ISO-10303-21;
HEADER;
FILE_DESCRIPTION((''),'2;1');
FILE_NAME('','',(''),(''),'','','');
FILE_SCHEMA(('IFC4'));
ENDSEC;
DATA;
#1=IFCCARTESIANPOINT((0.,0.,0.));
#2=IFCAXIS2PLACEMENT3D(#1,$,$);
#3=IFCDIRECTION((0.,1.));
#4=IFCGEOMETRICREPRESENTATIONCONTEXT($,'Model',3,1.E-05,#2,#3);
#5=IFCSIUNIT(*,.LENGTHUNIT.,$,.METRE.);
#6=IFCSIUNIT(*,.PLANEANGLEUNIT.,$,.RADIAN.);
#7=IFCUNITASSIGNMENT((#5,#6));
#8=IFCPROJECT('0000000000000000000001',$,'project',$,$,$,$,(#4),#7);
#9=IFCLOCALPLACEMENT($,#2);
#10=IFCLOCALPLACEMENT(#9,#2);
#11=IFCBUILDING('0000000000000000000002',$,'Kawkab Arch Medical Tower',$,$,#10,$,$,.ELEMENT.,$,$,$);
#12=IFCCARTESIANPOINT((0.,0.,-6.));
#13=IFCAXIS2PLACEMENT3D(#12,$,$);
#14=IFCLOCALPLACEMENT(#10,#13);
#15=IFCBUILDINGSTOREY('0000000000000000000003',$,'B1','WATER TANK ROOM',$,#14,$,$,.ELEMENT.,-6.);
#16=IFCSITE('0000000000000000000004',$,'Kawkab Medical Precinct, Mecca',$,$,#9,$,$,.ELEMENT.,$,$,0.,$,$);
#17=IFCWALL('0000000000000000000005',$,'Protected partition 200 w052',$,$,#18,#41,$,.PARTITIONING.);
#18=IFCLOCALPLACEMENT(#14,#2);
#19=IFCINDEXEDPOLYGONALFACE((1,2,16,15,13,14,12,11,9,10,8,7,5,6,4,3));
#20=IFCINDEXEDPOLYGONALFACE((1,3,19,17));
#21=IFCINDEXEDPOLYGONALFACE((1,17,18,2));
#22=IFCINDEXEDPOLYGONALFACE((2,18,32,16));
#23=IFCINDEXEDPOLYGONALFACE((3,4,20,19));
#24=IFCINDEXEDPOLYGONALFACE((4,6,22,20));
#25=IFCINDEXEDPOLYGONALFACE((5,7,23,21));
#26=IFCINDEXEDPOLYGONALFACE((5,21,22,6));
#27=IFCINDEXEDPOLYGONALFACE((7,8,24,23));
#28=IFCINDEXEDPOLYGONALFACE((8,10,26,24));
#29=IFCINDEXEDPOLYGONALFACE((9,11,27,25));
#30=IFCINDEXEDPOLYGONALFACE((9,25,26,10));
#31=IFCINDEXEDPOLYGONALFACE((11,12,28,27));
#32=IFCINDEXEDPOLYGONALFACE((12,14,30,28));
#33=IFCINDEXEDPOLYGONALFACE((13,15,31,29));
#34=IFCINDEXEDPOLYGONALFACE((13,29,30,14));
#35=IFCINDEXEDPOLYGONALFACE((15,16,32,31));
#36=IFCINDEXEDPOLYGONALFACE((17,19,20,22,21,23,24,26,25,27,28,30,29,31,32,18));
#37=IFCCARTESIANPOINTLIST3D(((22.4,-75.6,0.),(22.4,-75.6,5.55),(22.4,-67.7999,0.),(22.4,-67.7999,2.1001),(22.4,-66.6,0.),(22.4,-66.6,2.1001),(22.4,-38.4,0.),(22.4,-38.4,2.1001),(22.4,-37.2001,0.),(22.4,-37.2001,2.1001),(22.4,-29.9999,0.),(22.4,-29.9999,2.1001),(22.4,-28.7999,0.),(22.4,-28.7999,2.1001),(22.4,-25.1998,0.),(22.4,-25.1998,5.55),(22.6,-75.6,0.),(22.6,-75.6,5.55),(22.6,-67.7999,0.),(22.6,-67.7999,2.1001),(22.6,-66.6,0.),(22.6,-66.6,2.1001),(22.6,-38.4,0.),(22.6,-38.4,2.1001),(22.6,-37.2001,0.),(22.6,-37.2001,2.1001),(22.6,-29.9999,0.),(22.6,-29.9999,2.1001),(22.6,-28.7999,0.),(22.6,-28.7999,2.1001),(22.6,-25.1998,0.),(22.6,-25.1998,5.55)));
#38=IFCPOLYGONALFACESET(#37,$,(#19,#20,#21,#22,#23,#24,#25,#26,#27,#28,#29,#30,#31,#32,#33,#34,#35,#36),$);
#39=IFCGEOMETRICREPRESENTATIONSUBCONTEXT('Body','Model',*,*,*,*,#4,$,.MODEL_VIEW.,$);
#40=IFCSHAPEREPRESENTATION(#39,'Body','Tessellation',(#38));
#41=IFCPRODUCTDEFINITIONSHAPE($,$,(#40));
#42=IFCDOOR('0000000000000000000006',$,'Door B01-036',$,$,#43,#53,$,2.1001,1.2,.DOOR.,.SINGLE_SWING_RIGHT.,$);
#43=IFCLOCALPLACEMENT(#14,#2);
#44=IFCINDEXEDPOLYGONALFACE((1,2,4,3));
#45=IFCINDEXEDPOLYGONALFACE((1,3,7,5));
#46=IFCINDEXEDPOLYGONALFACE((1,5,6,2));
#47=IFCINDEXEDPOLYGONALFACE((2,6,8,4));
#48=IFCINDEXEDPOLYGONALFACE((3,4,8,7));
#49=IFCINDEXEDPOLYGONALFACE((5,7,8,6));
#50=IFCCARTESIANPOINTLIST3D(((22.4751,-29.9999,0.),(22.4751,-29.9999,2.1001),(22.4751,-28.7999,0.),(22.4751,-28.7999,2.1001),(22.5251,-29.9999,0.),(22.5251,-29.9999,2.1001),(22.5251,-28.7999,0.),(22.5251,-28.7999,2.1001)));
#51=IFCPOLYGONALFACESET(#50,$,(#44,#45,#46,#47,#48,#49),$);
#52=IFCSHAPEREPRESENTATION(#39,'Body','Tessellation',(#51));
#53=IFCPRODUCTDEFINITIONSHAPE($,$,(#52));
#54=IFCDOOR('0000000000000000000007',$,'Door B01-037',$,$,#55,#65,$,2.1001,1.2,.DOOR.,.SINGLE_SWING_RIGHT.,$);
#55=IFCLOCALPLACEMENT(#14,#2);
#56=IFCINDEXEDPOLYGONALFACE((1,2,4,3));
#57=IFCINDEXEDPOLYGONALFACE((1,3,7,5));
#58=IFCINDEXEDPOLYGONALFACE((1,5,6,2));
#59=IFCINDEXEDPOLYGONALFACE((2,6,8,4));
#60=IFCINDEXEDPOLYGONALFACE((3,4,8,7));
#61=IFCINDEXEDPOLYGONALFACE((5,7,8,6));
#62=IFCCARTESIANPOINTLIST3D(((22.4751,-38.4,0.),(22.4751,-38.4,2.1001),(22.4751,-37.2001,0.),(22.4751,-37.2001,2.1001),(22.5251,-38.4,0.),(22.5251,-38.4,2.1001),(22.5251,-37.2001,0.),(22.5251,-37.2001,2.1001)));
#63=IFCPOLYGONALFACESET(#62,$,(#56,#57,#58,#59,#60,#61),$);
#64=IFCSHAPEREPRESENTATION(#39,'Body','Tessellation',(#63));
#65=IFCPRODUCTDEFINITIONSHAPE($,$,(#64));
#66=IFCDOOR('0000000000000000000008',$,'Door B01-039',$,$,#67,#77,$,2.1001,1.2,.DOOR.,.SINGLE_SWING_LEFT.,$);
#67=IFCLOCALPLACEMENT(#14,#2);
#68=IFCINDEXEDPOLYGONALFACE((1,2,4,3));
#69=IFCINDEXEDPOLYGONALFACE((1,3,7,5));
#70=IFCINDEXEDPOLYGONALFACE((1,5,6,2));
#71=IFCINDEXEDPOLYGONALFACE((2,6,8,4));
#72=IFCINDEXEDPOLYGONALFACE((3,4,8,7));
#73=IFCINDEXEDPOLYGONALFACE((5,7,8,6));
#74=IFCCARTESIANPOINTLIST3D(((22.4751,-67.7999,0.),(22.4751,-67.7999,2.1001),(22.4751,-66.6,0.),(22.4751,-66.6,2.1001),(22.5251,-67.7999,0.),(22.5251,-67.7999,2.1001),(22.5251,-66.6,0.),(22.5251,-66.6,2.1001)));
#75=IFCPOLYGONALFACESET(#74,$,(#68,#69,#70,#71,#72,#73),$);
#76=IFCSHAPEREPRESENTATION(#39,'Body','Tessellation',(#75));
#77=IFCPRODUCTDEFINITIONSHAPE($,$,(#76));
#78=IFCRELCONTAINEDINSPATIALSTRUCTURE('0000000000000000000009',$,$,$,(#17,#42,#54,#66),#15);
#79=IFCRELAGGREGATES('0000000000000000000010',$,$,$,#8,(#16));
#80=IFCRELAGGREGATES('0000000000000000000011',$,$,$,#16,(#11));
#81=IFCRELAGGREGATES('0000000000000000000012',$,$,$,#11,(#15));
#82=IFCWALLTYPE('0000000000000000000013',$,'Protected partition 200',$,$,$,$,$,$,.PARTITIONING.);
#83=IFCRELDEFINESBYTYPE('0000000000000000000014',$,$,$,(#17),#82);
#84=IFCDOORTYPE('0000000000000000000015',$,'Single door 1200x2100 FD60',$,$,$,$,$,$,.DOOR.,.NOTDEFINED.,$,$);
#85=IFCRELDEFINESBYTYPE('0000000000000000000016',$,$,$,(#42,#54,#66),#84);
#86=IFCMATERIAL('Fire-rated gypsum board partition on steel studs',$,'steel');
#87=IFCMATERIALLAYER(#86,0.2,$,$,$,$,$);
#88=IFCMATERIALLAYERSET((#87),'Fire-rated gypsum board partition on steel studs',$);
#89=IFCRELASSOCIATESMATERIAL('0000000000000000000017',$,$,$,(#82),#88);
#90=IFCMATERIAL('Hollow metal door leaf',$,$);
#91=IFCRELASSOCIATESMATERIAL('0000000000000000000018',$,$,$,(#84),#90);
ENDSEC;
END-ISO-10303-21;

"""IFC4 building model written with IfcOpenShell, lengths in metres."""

from ifc_helpers import new_model, si_unit, direction, frame, frame_2d, origin, place, context, subcontext, project, spatial, rectangle, extrude, material, layer, layer_set, type_object, element, fill, save


model = new_model("IFC4")

# Units and contexts
model_context = context("Model", 3, precision=1e-05, world=origin(), true_north=direction((0.0, 1.0)))
body_context = subcontext(model_context, "Body", "Model", "MODEL_VIEW")
ifc_project = project(units=[si_unit("LENGTHUNIT", "METRE"), si_unit("PLANEANGLEUNIT", "RADIAN")], contexts=[model_context])

# Site, building, storey
site_placement = place(None, origin())
site = spatial("IfcSite", under=ifc_project, at=site_placement, Name="Kawkab Medical Precinct, Mecca", CompositionType="ELEMENT", RefElevation=0.0)
building_placement = place(site_placement, origin())
building = spatial("IfcBuilding", under=site, at=building_placement, Name="Kawkab Arch Medical Tower", CompositionType="ELEMENT")
storey_placement = place(building_placement, frame((0.0, 0.0, -6.0)))
storey = spatial("IfcBuildingStorey", under=building, at=storey_placement, Name="B1", Description="WATER TANK ROOM", CompositionType="ELEMENT", Elevation=-6.0)

# Wall, openings, doors
ifc_material_1 = material(Name="Fire-rated gypsum board partition on steel studs", Category="steel")
ifc_layer_1 = layer(ifc_material_1, 0.2)
ifc_layer_set_1 = layer_set([ifc_layer_1], Name="Fire-rated gypsum board partition on steel studs")
wall_type_1 = type_object("IfcWallType", Name="Protected partition 200", PredefinedType="PARTITIONING", material=ifc_layer_set_1)
wall_1_placement = place(storey_placement, frame((22.5, -75.6001, 0.0), z_axis=(0.0, 0.0, 1.0), x_axis=(0.0, 1.0, 0.0)))
wall_1 = element("IfcWall", 1, at=wall_1_placement, inside=storey, type_object=wall_type_1, Name="Protected partition 200 w052", PredefinedType="PARTITIONING", context=body_context, shape_type="SweptSolid", body=[
    extrude(rectangle(XDim=50.4001, YDim=0.2, at=frame_2d((25.2002, 0.0))), origin(), (0.0, 0.0, 1.0), 5.55),
])
opening_1_placement = place(wall_1_placement, frame((45.6001, 0.0, 0.0)))
opening_1 = element("IfcOpeningElement", 2, at=opening_1_placement, cuts=wall_1, PredefinedType="OPENING", context=body_context, shape_type="SweptSolid", body=[
    extrude(rectangle(XDim=1.2, YDim=2.1001, at=frame_2d((0.6001, 1.05))), frame((0.0, 0.1099, 0.0), z_axis=(0.0, -1.0, 0.0), x_axis=(1.0, 0.0, 0.0)), (0.0, 0.0, 1.0), 0.22),
])
opening_2_placement = place(wall_1_placement, frame((37.2, 0.0, 0.0)))
opening_2 = element("IfcOpeningElement", 3, at=opening_2_placement, cuts=wall_1, PredefinedType="OPENING", context=body_context, shape_type="SweptSolid", body=[
    extrude(rectangle(XDim=1.2, YDim=2.1001, at=frame_2d((0.6001, 1.05))), frame((0.0, 0.1099, 0.0), z_axis=(0.0, -1.0, 0.0), x_axis=(1.0, 0.0, 0.0)), (0.0, 0.0, 1.0), 0.22),
])
opening_3_placement = place(wall_1_placement, frame((7.8, 0.0, 0.0)))
opening_3 = element("IfcOpeningElement", 4, at=opening_3_placement, cuts=wall_1, PredefinedType="OPENING", context=body_context, shape_type="SweptSolid", body=[
    extrude(rectangle(XDim=1.2, YDim=2.1001, at=frame_2d((0.6001, 1.05))), frame((0.0, 0.1099, 0.0), z_axis=(0.0, -1.0, 0.0), x_axis=(1.0, 0.0, 0.0)), (0.0, 0.0, 1.0), 0.22),
])
ifc_material_2 = material(Name="Hollow metal door leaf")
door_type_1 = type_object("IfcDoorType", Name="Single door 1200x2100 FD60", OperationType="NOTDEFINED", PredefinedType="DOOR", material=ifc_material_2)
door_1_placement = place(opening_1_placement, origin())
door_1 = element("IfcDoor", 5, at=door_1_placement, inside=storey, type_object=door_type_1, Name="Door B01-036", OperationType="SINGLE_SWING_RIGHT", OverallHeight=2.1001, OverallWidth=1.2, PredefinedType="DOOR", context=body_context, shape_type="SweptSolid", body=[
    extrude(rectangle(XDim=1.2, YDim=2.1001, at=frame_2d((0.6001, 1.05))), frame((0.0, 0.0249, 0.0), z_axis=(0.0, -1.0, 0.0), x_axis=(1.0, 0.0, 0.0)), (0.0, 0.0, 1.0), 0.05),
])
fill(opening_1, door_1)
door_2_placement = place(opening_2_placement, origin())
door_2 = element("IfcDoor", 6, at=door_2_placement, inside=storey, type_object=door_type_1, Name="Door B01-037", OperationType="SINGLE_SWING_RIGHT", OverallHeight=2.1001, OverallWidth=1.2, PredefinedType="DOOR", context=body_context, shape_type="SweptSolid", body=[
    extrude(rectangle(XDim=1.2, YDim=2.1001, at=frame_2d((0.6001, 1.05))), frame((0.0, 0.0249, 0.0), z_axis=(0.0, -1.0, 0.0), x_axis=(1.0, 0.0, 0.0)), (0.0, 0.0, 1.0), 0.05),
])
fill(opening_2, door_2)
door_3_placement = place(opening_3_placement, origin())
door_3 = element("IfcDoor", 7, at=door_3_placement, inside=storey, type_object=door_type_1, Name="Door B01-039", OperationType="SINGLE_SWING_LEFT", OverallHeight=2.1001, OverallWidth=1.2, PredefinedType="DOOR", context=body_context, shape_type="SweptSolid", body=[
    extrude(rectangle(XDim=1.2, YDim=2.1001, at=frame_2d((0.6001, 1.05))), frame((0.0, 0.0249, 0.0), z_axis=(0.0, -1.0, 0.0), x_axis=(1.0, 0.0, 0.0)), (0.0, 0.0, 1.0), 0.05),
])
fill(opening_3, door_3)

save(model, "model.ifc")
